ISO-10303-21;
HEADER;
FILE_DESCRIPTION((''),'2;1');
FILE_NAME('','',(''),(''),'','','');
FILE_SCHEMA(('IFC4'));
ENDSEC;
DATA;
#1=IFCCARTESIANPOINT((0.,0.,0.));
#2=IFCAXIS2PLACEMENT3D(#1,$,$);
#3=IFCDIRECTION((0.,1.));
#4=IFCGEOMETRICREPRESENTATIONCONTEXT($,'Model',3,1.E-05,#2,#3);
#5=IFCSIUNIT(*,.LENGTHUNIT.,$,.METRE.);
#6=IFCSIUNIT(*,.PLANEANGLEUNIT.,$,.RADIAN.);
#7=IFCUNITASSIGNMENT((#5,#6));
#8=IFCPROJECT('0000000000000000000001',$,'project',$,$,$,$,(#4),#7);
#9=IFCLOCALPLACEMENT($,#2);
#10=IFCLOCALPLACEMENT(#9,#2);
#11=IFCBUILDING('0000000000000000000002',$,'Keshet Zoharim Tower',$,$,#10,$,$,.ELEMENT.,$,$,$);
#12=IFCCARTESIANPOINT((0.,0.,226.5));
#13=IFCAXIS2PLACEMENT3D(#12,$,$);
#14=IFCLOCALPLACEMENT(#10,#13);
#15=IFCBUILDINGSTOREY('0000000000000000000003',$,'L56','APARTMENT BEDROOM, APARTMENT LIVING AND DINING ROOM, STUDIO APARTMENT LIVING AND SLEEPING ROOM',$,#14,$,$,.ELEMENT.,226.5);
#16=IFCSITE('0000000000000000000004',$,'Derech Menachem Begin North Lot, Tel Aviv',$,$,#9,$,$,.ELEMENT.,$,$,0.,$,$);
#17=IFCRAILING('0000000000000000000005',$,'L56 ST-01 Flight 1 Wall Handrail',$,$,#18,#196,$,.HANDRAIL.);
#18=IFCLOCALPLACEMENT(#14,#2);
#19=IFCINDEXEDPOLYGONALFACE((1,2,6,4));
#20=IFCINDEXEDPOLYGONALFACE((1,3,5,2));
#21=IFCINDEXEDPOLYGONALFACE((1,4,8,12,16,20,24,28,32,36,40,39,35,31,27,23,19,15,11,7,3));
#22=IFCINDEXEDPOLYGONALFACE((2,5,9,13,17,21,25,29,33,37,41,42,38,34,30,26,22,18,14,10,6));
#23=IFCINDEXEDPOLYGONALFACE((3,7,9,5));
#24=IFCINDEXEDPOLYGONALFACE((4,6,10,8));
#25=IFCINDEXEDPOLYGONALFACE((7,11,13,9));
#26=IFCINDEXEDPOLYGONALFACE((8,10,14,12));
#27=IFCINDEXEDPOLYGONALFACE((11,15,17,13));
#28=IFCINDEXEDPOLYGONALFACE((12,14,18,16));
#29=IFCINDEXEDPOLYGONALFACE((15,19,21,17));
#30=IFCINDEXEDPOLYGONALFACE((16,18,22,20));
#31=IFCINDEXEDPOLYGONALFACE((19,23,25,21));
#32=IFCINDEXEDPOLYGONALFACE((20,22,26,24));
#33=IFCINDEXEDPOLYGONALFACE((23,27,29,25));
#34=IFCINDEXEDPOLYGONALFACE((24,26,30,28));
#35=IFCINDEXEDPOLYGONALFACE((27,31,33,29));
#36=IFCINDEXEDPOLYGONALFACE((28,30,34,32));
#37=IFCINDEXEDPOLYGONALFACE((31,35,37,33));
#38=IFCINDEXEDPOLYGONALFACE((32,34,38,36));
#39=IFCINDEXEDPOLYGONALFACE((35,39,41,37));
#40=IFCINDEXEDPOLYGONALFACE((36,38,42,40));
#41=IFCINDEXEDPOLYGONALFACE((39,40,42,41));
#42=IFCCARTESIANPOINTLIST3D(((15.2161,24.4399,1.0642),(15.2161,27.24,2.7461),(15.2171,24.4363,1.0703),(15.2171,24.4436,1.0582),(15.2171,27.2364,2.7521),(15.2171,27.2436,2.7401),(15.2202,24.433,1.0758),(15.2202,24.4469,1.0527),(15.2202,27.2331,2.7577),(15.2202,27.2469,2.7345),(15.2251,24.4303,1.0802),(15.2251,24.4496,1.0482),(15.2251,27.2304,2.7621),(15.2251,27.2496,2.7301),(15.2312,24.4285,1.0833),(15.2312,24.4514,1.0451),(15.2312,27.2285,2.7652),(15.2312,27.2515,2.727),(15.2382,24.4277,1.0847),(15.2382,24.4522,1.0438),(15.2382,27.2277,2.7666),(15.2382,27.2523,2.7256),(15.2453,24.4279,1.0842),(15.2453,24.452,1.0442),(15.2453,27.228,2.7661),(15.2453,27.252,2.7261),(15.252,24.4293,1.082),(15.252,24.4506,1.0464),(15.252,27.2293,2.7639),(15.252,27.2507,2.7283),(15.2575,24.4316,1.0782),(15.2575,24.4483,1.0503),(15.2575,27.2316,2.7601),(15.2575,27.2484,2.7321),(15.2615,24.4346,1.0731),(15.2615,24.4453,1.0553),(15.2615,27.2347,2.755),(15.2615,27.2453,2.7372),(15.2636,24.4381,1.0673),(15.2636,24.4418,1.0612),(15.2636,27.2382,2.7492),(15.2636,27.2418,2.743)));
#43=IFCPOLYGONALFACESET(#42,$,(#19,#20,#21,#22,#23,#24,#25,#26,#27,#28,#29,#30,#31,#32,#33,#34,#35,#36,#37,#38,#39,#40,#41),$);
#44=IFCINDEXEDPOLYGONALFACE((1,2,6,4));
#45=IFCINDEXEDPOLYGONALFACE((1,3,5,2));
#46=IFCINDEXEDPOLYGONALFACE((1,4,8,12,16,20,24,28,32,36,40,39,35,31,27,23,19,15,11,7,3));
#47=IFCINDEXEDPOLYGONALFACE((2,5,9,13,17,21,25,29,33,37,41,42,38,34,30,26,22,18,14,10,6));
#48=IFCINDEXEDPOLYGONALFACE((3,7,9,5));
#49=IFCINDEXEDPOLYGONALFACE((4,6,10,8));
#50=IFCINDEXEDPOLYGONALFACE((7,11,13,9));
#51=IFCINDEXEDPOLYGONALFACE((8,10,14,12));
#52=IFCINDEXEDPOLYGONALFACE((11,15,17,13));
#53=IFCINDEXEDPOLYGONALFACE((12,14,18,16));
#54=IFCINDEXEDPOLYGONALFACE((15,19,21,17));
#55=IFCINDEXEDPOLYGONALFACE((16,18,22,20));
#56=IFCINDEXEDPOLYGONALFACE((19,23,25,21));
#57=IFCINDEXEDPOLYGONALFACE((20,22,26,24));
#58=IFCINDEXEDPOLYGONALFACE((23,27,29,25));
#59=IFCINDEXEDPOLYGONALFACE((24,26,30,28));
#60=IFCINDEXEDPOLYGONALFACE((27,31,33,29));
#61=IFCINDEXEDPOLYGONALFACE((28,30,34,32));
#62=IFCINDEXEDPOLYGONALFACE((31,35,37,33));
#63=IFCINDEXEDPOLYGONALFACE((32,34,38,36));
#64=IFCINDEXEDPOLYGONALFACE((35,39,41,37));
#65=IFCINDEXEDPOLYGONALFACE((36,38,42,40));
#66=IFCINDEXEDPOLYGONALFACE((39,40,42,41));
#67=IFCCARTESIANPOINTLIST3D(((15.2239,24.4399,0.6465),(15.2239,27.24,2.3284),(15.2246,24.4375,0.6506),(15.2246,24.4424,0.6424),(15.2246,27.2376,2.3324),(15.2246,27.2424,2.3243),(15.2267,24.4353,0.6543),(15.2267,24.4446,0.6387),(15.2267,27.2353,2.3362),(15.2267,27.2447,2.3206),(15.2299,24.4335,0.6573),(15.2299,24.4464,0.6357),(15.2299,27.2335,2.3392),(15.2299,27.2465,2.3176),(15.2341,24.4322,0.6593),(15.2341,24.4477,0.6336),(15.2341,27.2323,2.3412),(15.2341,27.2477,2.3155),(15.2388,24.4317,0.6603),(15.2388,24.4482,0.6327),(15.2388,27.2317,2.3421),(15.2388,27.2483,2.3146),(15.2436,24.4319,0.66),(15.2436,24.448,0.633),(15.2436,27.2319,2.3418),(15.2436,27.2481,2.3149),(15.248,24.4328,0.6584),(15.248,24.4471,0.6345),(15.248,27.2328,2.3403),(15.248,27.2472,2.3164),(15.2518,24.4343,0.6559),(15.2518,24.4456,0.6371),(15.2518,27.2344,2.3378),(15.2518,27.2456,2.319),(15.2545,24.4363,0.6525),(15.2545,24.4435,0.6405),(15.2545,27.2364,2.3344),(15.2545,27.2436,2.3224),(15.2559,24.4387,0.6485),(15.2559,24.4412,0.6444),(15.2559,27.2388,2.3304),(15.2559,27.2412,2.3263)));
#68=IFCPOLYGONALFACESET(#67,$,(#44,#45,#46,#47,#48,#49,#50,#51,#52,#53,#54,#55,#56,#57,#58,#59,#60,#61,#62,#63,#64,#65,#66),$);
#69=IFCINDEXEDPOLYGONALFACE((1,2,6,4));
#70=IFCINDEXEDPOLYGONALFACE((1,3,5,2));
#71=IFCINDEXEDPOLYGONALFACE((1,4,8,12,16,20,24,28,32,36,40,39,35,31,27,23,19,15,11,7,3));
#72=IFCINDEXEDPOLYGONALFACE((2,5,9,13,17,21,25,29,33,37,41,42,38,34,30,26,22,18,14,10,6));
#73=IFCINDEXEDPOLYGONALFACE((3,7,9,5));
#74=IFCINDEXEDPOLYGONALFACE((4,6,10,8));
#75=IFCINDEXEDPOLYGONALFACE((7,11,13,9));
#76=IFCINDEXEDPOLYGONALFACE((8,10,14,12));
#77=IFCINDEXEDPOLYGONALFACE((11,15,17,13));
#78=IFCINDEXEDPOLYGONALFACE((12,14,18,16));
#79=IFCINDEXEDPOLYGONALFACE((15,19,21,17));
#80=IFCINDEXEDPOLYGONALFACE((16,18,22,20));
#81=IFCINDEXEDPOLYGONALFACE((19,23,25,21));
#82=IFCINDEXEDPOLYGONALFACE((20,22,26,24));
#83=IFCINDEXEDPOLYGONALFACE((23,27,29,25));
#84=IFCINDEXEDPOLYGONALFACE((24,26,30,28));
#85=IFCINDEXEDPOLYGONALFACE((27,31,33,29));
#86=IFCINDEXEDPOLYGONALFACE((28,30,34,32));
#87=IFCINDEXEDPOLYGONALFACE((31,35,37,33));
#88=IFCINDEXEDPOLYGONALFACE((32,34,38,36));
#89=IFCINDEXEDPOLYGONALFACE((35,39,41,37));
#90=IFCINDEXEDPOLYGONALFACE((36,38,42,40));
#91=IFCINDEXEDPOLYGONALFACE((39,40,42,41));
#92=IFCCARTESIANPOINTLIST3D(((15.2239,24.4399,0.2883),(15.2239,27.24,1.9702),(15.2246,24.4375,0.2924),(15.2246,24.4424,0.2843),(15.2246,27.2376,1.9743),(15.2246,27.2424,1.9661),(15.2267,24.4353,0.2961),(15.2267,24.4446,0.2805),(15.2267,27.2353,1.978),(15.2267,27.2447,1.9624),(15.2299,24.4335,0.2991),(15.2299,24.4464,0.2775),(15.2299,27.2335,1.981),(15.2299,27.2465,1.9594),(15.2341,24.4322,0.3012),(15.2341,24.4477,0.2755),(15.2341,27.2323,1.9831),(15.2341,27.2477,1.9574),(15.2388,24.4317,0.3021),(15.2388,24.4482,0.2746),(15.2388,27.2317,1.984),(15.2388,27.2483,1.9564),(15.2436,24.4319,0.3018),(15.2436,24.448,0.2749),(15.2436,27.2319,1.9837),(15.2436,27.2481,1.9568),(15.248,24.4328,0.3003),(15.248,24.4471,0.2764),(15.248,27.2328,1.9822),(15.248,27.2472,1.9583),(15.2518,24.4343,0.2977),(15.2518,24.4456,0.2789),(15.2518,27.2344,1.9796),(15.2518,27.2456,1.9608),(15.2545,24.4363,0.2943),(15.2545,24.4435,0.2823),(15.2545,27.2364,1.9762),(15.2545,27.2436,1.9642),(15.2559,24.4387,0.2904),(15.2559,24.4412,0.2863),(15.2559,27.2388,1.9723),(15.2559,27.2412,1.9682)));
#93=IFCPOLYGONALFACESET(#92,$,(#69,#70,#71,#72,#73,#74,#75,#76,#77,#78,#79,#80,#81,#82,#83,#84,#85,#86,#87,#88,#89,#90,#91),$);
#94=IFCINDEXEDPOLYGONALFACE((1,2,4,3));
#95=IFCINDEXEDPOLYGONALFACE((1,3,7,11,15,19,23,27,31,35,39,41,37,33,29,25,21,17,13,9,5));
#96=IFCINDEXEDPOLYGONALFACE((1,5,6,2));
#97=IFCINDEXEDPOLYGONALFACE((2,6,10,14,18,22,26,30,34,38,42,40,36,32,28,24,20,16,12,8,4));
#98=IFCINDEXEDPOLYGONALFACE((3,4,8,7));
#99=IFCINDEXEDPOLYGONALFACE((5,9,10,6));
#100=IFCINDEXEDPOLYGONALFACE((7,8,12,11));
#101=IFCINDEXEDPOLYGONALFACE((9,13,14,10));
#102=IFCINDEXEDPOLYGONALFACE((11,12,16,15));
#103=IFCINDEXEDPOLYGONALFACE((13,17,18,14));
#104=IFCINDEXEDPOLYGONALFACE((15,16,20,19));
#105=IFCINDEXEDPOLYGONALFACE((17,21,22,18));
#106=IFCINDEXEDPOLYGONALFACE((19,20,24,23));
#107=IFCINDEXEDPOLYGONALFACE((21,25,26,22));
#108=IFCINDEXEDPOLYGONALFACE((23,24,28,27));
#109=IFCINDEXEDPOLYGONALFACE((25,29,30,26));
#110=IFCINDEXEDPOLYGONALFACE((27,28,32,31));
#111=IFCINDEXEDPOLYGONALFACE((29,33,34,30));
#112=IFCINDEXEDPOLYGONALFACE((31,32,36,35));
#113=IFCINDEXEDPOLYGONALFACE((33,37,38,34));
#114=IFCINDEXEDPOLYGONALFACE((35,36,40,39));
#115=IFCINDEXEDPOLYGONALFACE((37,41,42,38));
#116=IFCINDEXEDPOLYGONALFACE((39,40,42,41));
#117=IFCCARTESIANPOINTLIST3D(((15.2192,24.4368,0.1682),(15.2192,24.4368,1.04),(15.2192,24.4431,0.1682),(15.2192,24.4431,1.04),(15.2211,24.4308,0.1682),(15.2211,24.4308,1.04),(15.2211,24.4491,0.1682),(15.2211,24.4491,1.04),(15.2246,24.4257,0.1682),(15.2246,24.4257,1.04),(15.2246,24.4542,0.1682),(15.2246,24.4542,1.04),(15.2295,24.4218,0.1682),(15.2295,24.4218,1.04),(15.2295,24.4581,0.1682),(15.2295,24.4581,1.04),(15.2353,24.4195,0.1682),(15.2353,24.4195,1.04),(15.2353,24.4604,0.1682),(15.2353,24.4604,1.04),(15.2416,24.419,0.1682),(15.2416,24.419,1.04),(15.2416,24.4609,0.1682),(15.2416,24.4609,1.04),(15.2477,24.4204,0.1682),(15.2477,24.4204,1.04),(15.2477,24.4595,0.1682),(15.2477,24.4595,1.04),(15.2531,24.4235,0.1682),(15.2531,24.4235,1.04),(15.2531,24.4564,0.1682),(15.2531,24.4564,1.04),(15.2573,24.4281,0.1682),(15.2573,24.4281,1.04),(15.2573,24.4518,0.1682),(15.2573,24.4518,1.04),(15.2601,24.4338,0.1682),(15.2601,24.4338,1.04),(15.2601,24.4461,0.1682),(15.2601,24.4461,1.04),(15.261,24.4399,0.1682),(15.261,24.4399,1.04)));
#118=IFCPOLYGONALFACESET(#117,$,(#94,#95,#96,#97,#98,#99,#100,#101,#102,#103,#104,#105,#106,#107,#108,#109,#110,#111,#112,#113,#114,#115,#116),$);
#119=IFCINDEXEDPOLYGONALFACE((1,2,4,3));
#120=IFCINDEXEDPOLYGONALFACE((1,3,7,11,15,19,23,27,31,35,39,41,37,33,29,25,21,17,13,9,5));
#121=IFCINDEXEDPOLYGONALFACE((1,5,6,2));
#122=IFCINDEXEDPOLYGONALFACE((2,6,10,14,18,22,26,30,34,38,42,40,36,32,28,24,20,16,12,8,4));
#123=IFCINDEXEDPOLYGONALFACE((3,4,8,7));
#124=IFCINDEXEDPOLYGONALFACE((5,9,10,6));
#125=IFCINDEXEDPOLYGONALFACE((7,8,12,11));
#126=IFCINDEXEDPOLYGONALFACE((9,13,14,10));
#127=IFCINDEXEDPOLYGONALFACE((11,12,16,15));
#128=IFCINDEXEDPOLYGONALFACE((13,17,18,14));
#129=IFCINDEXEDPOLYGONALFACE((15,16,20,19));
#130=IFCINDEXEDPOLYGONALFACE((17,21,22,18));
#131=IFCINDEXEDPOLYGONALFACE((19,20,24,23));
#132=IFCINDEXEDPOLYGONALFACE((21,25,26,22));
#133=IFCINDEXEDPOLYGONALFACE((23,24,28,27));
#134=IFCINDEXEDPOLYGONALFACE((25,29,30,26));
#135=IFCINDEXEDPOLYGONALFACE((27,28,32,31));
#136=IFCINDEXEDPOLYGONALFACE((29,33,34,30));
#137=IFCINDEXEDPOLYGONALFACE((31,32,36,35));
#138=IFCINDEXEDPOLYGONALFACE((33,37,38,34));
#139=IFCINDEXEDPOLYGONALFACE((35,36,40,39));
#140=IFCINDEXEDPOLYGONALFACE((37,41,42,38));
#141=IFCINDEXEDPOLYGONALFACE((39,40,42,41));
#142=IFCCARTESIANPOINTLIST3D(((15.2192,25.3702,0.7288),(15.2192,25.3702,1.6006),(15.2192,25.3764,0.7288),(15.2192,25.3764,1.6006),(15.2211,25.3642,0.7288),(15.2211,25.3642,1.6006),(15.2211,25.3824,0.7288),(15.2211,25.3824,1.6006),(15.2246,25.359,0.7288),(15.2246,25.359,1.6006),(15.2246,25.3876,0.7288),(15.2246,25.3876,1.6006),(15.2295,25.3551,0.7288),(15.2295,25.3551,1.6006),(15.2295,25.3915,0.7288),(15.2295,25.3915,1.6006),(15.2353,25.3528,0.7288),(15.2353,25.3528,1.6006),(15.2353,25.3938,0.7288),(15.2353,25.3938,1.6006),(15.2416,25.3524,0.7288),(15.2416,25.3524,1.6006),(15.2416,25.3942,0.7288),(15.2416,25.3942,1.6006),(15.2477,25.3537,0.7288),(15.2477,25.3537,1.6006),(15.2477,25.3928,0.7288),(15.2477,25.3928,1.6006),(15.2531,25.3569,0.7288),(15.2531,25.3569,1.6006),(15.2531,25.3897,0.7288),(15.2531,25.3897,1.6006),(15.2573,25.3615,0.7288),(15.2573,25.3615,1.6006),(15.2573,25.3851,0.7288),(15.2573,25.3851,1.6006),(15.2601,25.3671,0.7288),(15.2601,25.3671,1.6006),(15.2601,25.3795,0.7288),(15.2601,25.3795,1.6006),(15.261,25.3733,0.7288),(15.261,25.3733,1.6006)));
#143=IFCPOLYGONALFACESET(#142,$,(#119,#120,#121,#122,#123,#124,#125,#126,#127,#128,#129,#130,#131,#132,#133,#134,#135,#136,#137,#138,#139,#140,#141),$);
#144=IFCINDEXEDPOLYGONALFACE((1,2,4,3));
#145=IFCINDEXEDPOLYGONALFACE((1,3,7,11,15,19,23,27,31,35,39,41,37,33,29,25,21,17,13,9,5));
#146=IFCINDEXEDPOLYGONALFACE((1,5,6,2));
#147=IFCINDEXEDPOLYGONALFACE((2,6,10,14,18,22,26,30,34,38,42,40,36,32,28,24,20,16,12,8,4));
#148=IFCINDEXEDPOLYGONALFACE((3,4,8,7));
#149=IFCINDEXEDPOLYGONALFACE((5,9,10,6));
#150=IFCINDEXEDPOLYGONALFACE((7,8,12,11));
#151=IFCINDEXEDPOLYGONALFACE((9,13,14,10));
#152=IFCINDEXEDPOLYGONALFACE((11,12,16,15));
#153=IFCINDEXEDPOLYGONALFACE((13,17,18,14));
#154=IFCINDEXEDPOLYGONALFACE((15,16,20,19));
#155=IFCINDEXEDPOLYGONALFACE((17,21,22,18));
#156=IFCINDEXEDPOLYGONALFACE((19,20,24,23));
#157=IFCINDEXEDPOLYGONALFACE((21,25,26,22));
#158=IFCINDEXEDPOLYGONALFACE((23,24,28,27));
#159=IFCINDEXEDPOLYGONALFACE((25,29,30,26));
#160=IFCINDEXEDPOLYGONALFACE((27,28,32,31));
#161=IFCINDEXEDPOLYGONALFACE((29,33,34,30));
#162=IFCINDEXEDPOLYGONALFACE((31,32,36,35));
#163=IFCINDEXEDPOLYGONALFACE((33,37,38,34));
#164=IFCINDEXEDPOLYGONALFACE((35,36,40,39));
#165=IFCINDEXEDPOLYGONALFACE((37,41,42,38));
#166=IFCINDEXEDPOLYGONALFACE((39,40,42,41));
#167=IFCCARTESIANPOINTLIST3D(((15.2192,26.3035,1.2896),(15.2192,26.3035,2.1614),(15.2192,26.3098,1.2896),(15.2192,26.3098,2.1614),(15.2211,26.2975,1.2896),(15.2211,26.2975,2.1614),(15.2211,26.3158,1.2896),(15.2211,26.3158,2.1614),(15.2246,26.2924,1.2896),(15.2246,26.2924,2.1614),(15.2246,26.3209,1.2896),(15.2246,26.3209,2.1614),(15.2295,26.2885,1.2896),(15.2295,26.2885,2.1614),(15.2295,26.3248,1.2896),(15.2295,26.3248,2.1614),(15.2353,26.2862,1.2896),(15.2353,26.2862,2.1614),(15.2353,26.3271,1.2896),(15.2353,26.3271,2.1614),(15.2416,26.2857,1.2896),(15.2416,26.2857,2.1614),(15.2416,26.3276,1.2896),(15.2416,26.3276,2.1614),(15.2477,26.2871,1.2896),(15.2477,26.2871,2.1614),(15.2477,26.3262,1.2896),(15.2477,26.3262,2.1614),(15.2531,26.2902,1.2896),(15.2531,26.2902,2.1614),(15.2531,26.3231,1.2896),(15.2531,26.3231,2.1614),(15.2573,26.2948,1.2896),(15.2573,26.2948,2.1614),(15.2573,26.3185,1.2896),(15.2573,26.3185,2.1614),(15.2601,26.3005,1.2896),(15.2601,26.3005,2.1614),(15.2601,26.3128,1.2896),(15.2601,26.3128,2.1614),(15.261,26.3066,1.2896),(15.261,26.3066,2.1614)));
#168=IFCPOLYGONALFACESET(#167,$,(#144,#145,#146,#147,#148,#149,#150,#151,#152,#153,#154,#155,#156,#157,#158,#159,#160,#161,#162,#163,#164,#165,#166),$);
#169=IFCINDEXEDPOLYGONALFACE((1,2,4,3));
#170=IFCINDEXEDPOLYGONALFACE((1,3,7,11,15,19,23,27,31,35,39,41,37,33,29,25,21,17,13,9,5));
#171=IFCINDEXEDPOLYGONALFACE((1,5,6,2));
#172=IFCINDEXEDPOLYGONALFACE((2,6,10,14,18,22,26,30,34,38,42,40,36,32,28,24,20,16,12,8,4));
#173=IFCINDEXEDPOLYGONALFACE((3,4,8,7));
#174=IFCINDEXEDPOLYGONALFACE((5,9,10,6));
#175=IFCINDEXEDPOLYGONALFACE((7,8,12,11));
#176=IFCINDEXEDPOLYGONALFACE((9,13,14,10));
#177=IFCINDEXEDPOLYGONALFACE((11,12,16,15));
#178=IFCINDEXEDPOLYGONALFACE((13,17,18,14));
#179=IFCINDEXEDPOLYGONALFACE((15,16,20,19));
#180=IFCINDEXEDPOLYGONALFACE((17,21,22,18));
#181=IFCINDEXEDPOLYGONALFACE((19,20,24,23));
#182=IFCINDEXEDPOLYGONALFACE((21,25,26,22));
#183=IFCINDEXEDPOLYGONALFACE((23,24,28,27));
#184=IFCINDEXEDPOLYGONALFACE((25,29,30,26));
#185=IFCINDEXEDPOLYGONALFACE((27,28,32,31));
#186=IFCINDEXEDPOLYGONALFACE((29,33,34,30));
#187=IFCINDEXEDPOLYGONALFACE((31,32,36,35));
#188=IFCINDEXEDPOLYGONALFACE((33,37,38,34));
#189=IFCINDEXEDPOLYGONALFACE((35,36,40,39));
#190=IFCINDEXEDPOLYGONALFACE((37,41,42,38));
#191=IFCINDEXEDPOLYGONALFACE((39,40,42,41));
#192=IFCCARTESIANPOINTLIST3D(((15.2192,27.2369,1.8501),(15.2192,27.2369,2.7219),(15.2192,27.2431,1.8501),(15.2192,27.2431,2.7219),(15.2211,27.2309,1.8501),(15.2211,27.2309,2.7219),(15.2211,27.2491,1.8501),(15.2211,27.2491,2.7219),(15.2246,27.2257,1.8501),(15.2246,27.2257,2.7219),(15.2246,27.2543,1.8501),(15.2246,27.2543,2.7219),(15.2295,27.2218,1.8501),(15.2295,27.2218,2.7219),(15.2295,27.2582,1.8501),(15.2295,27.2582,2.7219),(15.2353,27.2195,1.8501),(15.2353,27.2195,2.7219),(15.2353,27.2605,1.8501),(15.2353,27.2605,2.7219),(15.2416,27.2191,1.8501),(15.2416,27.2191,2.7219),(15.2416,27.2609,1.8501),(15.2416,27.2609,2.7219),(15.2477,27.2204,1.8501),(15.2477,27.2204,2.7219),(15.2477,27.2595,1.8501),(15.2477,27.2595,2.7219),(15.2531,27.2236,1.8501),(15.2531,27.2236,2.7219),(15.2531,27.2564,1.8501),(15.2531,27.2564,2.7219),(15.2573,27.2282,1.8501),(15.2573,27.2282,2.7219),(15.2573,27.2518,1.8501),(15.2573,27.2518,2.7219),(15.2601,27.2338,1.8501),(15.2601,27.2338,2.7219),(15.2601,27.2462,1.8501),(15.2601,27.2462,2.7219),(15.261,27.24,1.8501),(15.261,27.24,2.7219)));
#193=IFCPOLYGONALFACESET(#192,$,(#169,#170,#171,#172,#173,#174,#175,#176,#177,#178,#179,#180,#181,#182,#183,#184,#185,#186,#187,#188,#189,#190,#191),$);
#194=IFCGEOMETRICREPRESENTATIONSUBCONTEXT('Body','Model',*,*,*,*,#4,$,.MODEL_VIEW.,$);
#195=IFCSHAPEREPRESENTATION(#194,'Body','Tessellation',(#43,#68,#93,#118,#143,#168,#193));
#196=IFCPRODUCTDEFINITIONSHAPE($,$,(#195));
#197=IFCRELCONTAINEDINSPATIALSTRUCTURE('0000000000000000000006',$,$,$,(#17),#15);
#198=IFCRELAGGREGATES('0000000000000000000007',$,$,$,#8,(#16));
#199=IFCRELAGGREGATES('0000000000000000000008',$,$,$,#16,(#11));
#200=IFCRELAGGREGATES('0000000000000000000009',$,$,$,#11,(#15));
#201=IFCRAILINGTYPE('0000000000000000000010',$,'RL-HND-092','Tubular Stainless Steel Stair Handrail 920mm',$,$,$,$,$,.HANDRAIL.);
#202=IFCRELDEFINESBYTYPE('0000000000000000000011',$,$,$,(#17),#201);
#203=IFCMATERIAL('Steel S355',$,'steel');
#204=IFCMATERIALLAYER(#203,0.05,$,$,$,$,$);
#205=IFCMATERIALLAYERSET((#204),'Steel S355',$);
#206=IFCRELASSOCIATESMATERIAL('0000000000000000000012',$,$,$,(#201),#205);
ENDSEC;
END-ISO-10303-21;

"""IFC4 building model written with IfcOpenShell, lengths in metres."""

from ifc_helpers import new_model, si_unit, direction, frame, origin, origin_2d, place, context, subcontext, project, spatial, circle, extrude, material, layer, layer_set, type_object, element, save


model = new_model("IFC4")

# Units and contexts
model_context = context("Model", 3, precision=1e-05, world=origin(), true_north=direction((0.0, 1.0)))
body_context = subcontext(model_context, "Body", "Model", "MODEL_VIEW")
ifc_project = project(units=[si_unit("LENGTHUNIT", "METRE"), si_unit("PLANEANGLEUNIT", "RADIAN")], contexts=[model_context])

# Site, building, storey
site_placement = place(None, origin())
site = spatial("IfcSite", under=ifc_project, at=site_placement, Name="Derech Menachem Begin North Lot, Tel Aviv", CompositionType="ELEMENT", RefElevation=0.0)
building_placement = place(site_placement, origin())
building = spatial("IfcBuilding", under=site, at=building_placement, Name="Keshet Zoharim Tower", CompositionType="ELEMENT")
storey_placement = place(building_placement, frame((0.0, 0.0, 226.5)))
storey = spatial("IfcBuildingStorey", under=building, at=storey_placement, Name="L56", Description="APARTMENT BEDROOM, APARTMENT LIVING AND DINING ROOM, STUDIO APARTMENT LIVING AND SLEEPING ROOM", CompositionType="ELEMENT", Elevation=226.5)

# Railing
ifc_material_1 = material(Name="Steel S355", Category="steel")
ifc_layer_1 = layer(ifc_material_1, 0.05)
ifc_layer_set_1 = layer_set([ifc_layer_1], Name="Steel S355")
railing_type = type_object("IfcRailingType", Name="RL-HND-092", Description="Tubular Stainless Steel Stair Handrail 920mm", PredefinedType="HANDRAIL", material=ifc_layer_set_1)
railing_placement = place(storey_placement, frame((15.24, 24.4399, 0.1682)))
element("IfcRailing", 1, at=railing_placement, inside=storey, type_object=railing_type, Name="L56 ST-01 Flight 1 Wall Handrail", PredefinedType="HANDRAIL", context=body_context, shape_type="SweptSolid", body=[
    extrude(circle(Radius=0.0239, at=origin_2d()), frame((0.0, 0.0, 0.896), z_axis=(0.0, 0.857242, 0.514913), x_axis=(-1.0, 0.0, 0.0)), (0.0, 0.0, 1.0), 3.2664),
    extrude(circle(Radius=0.0161, at=origin_2d()), frame((0.0, 0.0, 0.4783), z_axis=(0.0, 0.857242, 0.514913), x_axis=(-1.0, 0.0, 0.0)), (0.0, 0.0, 1.0), 3.2664),
    extrude(circle(Radius=0.0161, at=origin_2d()), frame((0.0, 0.0, 0.1201), z_axis=(0.0, 0.857242, 0.514913), x_axis=(-1.0, 0.0, 0.0)), (0.0, 0.0, 1.0), 3.2664),
    extrude(circle(Radius=0.021, at=origin_2d()), origin(), (0.0, 0.0, 1.0), 0.8718),
    extrude(circle(Radius=0.021, at=origin_2d()), frame((0.0, 0.9333, 0.5605)), (0.0, 0.0, 1.0), 0.8718),
    extrude(circle(Radius=0.021, at=origin_2d()), frame((0.0, 1.8667, 1.1213)), (0.0, 0.0, 1.0), 0.8718),
    extrude(circle(Radius=0.021, at=origin_2d()), frame((0.0, 2.8, 1.6819)), (0.0, 0.0, 1.0), 0.8718),
])

save(model, "model.ifc")
